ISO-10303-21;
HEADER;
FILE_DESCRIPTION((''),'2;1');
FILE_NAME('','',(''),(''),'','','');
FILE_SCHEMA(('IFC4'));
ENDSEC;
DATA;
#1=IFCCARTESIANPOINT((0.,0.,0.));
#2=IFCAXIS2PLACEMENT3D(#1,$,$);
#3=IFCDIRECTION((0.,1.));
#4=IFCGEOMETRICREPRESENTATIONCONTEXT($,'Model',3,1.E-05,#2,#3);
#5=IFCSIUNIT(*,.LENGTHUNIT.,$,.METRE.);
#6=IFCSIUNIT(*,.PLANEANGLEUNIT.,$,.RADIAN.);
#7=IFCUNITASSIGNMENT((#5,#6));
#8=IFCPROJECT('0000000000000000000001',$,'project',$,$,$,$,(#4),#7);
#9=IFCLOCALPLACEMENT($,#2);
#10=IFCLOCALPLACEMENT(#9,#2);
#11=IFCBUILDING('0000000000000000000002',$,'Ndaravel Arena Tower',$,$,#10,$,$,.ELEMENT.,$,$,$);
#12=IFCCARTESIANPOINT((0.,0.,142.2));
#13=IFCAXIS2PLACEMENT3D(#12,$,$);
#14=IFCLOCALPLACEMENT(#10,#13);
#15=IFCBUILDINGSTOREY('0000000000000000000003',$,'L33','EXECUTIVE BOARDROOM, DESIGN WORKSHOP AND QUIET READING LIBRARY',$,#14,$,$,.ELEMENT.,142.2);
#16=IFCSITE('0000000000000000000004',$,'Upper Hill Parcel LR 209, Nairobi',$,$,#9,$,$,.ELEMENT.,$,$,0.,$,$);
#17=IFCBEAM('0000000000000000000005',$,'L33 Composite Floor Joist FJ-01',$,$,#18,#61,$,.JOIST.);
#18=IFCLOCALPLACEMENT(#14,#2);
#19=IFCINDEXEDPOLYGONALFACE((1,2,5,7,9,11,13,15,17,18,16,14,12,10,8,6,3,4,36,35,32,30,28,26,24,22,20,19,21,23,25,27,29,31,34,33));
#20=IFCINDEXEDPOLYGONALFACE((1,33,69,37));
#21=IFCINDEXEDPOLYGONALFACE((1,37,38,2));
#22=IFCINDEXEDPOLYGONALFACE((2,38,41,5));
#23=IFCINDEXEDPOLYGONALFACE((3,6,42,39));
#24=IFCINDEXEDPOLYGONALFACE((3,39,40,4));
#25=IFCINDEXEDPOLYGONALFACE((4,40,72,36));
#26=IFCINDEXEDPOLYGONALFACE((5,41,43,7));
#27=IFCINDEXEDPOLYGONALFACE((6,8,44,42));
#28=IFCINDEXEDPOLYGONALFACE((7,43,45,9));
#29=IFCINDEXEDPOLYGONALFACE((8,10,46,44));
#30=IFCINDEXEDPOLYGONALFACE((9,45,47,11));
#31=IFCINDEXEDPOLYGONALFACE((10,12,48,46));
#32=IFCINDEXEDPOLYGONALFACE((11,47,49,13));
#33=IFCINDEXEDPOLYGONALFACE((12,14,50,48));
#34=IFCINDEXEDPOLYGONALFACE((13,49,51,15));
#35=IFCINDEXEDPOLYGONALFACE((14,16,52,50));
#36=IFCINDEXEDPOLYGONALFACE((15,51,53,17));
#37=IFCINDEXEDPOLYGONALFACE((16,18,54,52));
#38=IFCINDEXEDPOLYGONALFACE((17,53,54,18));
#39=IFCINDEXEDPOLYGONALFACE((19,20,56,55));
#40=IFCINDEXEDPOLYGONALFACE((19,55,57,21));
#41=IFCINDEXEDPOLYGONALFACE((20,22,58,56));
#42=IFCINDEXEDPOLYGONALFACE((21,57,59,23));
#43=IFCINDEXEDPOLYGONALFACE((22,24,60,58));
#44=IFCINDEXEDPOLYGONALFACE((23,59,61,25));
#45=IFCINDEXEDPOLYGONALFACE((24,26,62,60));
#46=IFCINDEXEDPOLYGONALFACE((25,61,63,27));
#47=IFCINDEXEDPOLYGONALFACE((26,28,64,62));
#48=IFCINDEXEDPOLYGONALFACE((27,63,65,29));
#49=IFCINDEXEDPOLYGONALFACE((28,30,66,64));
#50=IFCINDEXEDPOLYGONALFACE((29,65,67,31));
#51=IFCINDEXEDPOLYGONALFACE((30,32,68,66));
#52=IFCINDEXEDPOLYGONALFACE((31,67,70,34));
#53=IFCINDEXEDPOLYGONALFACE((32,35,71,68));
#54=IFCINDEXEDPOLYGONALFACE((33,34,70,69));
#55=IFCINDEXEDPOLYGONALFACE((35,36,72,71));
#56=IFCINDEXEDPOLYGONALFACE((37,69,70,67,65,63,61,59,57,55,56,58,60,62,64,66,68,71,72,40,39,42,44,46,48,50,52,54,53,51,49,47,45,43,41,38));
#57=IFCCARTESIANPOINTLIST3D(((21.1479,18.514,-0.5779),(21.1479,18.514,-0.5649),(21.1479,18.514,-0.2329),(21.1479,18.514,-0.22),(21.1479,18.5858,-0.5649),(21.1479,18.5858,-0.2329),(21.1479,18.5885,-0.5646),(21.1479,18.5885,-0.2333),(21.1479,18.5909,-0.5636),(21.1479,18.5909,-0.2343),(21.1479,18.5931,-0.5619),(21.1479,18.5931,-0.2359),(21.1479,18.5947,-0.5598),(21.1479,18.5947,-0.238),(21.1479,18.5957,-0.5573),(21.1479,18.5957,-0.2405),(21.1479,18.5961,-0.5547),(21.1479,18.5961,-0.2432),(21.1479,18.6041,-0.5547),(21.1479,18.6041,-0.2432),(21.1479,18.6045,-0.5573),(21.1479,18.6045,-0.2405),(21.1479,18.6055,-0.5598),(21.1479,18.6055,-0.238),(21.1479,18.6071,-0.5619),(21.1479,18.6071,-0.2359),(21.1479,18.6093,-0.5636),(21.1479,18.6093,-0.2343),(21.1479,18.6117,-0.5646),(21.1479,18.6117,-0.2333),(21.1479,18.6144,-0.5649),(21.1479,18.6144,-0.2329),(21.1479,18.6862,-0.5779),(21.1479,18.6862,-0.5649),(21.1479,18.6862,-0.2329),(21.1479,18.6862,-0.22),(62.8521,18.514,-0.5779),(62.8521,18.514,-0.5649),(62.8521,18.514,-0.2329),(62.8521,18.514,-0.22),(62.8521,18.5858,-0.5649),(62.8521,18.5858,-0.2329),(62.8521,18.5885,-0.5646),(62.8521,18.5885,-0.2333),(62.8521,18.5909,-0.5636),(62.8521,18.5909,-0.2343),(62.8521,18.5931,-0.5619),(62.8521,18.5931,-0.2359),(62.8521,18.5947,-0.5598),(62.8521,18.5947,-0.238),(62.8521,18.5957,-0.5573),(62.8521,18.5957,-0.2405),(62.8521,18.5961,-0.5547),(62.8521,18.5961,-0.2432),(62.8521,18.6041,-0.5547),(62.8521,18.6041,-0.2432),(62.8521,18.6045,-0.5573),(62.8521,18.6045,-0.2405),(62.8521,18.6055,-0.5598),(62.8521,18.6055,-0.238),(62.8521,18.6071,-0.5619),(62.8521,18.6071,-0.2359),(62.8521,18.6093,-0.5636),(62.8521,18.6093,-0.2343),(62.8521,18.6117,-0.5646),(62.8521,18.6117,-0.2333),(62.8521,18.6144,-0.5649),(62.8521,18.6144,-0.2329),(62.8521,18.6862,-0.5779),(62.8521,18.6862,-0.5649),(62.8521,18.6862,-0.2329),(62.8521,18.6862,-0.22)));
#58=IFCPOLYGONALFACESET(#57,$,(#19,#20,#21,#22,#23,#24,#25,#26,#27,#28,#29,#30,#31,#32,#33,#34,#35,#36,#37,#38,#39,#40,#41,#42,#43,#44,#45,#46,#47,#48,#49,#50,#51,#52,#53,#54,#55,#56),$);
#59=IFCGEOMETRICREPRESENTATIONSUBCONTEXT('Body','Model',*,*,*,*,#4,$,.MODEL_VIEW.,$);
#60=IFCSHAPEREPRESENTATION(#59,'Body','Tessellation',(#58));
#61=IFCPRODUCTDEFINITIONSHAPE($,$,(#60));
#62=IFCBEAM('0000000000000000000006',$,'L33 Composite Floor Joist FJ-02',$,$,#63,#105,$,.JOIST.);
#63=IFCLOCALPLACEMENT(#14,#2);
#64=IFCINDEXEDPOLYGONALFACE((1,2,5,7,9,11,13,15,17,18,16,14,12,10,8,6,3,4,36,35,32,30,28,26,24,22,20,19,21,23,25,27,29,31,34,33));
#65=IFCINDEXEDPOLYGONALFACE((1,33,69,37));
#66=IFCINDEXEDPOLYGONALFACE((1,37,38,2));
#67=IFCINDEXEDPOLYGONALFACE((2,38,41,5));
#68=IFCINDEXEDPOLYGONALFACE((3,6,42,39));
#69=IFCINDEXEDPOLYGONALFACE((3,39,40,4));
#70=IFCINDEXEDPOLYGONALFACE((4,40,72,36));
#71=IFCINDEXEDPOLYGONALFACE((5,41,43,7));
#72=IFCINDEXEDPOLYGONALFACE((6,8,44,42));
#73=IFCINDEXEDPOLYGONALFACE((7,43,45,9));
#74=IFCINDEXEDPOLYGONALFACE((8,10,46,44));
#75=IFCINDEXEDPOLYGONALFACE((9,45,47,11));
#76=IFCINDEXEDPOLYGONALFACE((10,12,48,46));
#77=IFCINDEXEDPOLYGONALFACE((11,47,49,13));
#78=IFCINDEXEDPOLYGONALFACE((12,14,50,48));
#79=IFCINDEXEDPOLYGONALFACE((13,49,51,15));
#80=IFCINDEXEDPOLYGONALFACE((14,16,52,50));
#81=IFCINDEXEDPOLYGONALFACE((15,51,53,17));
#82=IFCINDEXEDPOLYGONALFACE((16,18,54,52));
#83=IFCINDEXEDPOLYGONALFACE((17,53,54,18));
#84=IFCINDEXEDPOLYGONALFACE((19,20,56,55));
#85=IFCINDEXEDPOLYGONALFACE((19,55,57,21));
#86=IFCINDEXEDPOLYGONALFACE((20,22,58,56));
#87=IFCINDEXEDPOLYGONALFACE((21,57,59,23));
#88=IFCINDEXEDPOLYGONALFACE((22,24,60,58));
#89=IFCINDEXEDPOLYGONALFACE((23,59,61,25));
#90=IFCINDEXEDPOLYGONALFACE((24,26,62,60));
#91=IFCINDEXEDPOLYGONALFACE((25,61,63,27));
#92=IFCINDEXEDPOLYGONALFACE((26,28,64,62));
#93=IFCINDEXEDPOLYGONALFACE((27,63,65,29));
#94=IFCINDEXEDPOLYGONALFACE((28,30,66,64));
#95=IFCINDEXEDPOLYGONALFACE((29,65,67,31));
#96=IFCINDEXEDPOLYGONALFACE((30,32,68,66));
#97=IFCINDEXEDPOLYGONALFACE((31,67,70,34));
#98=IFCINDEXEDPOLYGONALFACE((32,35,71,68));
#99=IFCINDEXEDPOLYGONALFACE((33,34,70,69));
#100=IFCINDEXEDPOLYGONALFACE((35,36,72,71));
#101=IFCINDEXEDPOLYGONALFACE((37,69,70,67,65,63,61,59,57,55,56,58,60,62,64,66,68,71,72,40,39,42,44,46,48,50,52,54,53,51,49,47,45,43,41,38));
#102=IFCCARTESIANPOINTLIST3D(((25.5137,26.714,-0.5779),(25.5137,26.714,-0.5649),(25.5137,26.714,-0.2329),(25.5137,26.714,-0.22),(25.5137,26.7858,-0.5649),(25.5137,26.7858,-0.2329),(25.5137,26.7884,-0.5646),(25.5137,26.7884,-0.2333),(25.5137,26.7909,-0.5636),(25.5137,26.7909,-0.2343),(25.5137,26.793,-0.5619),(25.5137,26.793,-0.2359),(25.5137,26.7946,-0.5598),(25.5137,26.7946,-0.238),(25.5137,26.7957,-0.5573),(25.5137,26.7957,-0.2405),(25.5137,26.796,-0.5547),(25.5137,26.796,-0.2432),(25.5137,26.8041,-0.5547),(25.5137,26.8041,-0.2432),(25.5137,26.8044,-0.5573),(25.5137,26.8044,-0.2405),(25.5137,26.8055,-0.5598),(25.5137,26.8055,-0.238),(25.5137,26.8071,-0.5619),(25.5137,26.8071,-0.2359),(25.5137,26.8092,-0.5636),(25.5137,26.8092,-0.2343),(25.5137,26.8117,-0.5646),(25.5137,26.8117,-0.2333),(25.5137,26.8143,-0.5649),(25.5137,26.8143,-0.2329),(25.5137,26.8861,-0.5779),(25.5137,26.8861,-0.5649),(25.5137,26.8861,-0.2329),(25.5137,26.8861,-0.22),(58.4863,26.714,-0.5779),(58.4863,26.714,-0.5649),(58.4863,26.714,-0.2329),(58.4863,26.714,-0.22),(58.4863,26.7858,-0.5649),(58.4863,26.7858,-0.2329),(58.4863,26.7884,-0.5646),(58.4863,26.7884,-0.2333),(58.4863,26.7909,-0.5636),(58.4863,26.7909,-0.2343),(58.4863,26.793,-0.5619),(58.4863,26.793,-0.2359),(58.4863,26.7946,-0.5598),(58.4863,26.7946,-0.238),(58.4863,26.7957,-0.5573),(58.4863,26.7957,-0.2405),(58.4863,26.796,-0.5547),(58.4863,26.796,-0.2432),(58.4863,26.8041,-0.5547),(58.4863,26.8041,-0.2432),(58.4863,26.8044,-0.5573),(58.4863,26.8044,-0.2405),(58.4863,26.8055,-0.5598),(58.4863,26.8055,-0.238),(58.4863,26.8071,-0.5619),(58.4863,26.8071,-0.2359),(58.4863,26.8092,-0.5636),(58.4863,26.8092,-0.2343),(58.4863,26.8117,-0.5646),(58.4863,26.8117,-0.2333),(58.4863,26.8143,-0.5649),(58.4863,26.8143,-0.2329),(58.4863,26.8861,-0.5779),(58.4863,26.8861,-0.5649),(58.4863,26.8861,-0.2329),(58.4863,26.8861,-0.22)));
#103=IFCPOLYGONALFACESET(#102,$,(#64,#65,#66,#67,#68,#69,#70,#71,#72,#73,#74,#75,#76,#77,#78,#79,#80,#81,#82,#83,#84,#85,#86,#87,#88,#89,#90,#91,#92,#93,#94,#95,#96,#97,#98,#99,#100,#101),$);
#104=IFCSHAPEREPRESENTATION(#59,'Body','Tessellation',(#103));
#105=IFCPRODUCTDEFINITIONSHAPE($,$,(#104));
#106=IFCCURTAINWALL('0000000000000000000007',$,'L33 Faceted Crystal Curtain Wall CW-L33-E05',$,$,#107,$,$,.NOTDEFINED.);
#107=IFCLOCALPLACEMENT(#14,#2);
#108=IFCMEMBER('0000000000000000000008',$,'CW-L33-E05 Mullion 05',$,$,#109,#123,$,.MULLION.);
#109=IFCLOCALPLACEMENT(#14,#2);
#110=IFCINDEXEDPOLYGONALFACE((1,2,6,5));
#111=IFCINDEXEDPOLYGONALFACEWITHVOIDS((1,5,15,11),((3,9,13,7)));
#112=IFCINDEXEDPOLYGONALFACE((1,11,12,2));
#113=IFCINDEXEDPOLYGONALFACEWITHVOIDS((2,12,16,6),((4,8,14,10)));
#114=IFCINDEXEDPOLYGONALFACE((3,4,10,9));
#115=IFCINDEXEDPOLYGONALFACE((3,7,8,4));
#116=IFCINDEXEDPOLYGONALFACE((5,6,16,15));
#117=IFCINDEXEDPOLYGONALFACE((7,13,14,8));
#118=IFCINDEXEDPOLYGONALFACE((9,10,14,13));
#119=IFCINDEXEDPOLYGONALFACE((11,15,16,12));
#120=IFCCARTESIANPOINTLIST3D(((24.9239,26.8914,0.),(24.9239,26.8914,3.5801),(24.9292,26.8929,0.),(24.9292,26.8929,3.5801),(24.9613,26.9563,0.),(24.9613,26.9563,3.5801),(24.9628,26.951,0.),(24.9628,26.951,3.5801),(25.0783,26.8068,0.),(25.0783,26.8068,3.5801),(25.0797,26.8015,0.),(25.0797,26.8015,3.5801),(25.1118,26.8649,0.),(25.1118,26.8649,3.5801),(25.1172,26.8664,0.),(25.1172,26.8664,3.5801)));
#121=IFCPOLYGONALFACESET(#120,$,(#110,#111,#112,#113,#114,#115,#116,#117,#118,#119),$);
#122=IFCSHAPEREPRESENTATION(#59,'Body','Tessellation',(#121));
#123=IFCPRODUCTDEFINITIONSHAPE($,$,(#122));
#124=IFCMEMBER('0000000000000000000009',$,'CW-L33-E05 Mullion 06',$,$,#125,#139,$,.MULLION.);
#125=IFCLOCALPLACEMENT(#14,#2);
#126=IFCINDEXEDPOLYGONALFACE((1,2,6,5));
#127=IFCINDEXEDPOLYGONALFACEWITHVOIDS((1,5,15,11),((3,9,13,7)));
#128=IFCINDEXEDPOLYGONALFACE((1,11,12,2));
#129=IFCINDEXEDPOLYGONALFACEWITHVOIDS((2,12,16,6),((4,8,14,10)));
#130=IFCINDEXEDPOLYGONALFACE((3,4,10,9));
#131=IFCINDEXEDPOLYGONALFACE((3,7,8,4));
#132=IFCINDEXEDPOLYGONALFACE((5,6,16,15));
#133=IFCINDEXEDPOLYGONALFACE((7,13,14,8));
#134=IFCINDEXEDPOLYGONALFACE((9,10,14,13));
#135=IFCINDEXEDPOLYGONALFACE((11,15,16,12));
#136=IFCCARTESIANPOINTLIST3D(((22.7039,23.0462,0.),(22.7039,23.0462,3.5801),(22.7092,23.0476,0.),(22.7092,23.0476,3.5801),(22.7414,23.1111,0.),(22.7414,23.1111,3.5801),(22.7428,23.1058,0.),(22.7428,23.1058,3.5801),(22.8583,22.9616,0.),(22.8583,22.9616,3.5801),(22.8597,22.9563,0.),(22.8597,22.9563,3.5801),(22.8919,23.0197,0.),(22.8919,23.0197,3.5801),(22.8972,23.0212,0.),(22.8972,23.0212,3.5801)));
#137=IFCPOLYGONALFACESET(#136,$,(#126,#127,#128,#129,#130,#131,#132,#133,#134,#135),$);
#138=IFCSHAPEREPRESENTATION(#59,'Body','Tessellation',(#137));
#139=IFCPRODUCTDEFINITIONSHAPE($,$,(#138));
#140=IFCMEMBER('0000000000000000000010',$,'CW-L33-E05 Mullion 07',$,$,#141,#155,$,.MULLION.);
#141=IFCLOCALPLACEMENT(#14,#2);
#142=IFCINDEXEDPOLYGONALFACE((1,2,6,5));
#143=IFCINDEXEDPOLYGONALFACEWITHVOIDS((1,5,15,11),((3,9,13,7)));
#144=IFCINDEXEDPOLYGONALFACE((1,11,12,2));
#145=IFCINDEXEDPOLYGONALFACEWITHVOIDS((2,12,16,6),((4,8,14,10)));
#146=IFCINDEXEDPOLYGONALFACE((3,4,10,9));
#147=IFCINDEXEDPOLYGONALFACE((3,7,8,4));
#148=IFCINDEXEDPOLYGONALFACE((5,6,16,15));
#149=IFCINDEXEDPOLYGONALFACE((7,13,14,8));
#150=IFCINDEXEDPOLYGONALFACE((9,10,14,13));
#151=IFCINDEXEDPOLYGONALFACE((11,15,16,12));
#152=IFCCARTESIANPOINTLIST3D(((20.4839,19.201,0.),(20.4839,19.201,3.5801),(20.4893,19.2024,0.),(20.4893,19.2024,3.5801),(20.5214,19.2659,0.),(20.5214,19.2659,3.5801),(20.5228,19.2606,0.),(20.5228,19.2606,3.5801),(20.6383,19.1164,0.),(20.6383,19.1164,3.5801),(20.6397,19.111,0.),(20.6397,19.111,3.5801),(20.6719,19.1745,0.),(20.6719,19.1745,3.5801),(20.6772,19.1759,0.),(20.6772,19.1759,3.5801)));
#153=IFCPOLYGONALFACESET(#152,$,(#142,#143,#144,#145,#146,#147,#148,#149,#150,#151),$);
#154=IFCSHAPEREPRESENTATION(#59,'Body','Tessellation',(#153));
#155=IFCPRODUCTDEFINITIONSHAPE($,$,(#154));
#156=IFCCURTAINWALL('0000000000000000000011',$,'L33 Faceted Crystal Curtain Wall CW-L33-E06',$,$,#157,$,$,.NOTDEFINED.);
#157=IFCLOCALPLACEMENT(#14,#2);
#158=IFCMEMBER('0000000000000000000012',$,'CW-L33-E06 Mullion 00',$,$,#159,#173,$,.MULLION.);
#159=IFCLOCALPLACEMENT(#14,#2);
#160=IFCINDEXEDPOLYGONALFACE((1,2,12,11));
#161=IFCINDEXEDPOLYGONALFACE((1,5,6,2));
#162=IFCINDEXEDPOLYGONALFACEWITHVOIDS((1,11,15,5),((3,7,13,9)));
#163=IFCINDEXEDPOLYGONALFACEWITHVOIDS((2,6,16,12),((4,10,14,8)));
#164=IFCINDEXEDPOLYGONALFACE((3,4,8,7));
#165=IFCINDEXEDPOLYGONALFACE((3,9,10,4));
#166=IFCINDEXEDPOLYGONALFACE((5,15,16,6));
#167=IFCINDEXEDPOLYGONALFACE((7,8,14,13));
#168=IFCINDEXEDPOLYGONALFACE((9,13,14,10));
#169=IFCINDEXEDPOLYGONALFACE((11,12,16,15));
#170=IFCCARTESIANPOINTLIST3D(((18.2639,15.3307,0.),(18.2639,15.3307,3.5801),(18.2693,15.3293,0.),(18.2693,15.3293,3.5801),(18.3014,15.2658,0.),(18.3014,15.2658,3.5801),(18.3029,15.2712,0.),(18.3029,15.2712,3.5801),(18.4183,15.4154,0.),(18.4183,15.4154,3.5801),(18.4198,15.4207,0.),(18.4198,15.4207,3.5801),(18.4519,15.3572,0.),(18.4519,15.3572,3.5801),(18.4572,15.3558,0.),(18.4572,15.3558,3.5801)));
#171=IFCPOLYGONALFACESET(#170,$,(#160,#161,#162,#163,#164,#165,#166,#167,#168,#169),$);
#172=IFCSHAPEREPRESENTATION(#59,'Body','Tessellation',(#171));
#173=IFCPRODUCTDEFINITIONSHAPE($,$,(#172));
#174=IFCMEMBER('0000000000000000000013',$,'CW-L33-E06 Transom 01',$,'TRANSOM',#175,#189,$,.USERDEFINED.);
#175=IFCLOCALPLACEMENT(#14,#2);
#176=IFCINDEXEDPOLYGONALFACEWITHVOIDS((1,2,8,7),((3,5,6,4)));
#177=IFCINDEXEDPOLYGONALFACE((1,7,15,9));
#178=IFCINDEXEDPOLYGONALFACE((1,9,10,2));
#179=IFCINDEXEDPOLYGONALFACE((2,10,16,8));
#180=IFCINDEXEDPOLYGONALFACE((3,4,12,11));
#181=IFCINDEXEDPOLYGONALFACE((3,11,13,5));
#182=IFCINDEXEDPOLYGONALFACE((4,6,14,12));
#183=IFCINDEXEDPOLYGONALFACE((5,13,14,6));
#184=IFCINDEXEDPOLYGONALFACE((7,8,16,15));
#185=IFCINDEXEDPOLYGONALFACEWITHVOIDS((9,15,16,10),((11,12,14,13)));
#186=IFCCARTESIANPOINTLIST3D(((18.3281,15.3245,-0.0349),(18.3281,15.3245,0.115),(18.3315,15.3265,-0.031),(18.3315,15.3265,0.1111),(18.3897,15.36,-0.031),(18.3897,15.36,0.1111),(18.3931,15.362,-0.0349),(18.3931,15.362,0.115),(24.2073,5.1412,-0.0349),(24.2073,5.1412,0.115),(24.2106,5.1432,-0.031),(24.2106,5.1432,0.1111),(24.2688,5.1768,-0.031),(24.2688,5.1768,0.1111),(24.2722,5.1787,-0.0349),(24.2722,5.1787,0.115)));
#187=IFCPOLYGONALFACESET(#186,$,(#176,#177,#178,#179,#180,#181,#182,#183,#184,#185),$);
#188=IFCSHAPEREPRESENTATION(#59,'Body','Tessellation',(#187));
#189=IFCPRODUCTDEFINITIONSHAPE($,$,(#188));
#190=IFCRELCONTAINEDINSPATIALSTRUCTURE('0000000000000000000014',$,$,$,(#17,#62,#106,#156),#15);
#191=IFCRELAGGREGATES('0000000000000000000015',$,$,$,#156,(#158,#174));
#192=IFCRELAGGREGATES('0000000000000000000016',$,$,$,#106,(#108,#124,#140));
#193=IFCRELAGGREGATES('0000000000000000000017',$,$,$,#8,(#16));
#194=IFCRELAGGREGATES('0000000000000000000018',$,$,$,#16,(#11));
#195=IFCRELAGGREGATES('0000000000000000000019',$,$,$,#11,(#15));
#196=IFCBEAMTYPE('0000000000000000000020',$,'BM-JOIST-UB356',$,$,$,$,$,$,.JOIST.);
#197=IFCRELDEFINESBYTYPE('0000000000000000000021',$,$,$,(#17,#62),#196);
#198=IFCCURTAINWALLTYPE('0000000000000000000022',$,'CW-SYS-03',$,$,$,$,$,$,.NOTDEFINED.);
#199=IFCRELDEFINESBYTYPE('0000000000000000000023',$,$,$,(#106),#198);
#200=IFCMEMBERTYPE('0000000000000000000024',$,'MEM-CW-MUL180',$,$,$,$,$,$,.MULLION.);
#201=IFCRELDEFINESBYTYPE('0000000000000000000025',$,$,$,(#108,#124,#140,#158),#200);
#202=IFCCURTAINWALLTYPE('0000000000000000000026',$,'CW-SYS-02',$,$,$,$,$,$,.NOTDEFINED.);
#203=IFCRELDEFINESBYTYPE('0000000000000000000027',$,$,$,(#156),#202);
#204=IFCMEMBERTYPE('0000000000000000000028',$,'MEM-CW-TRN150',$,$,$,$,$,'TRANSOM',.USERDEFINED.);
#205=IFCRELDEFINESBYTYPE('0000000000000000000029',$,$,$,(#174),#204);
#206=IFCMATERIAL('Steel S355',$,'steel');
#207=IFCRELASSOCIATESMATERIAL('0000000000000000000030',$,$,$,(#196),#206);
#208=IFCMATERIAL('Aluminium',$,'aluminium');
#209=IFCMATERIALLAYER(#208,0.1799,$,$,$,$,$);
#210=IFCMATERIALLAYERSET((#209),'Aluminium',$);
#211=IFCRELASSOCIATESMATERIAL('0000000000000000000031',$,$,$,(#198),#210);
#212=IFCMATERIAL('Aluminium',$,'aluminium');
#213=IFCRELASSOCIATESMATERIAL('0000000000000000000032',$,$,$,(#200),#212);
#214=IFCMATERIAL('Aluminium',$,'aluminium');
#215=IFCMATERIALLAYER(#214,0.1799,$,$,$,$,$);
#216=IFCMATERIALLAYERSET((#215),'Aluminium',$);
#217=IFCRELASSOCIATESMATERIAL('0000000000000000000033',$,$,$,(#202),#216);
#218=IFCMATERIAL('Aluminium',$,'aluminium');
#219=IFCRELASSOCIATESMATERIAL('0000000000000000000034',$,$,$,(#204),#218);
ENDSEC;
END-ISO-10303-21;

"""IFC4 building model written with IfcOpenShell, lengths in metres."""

from ifc_helpers import new_model, si_unit, direction, frame, origin, origin_2d, place, context, subcontext, project, spatial, hollow_rectangle, i_section, extrude, material, layer, layer_set, material_profile, profile_set, type_object, element, aggregate, save


model = new_model("IFC4")

# Units and contexts
model_context = context("Model", 3, precision=1e-05, world=origin(), true_north=direction((0.0, 1.0)))
body_context = subcontext(model_context, "Body", "Model", "MODEL_VIEW")
ifc_project = project(units=[si_unit("LENGTHUNIT", "METRE"), si_unit("PLANEANGLEUNIT", "RADIAN")], contexts=[model_context])

# Site, building, storey
site_placement = place(None, origin())
site = spatial("IfcSite", under=ifc_project, at=site_placement, Name="Upper Hill Parcel LR 209, Nairobi", CompositionType="ELEMENT", RefElevation=0.0)
building_placement = place(site_placement, origin())
building = spatial("IfcBuilding", under=site, at=building_placement, Name="Ndaravel Arena Tower", CompositionType="ELEMENT")
storey_placement = place(building_placement, frame((0.0, 0.0, 142.2)))
storey = spatial("IfcBuildingStorey", under=building, at=storey_placement, Name="L33", Description="EXECUTIVE BOARDROOM, DESIGN WORKSHOP AND QUIET READING LIBRARY", CompositionType="ELEMENT", Elevation=142.2)

# Beams
ifc_material_1 = material(Name="Steel S355", Category="steel")
ifc_material_profile_1 = material_profile(ifc_material_1, i_section(OverallWidth=0.1721, OverallDepth=0.3579, WebThickness=0.0081, FlangeThickness=0.0129, FilletRadius=0.0103, at=origin_2d()), Name="UB 356x171x57")
ifc_profile_set_1 = profile_set([ifc_material_profile_1], Name="Steel S355")
beam_type = type_object("IfcBeamType", Name="BM-JOIST-UB356", PredefinedType="JOIST", material=ifc_profile_set_1)
beam_1_placement = place(storey_placement, frame((21.1479, 18.6001, -0.3989), z_axis=(1.0, 0.0, 0.0), x_axis=(0.0, 1.0, 0.0)))
element("IfcBeam", 1, at=beam_1_placement, inside=storey, type_object=beam_type, Name="L33 Composite Floor Joist FJ-01", PredefinedType="JOIST", context=body_context, shape_type="SweptSolid", body=[
    extrude(i_section(OverallWidth=0.1721, OverallDepth=0.3579, WebThickness=0.0081, FlangeThickness=0.0129, FilletRadius=0.0103, at=origin_2d()), origin(), (0.0, 0.0, 1.0), 41.7041),
])
beam_2_placement = place(storey_placement, frame((25.5137, 26.8, -0.3989), z_axis=(1.0, 0.0, 0.0), x_axis=(0.0, 1.0, 0.0)))
element("IfcBeam", 2, at=beam_2_placement, inside=storey, type_object=beam_type, Name="L33 Composite Floor Joist FJ-02", PredefinedType="JOIST", context=body_context, shape_type="SweptSolid", body=[
    extrude(i_section(OverallWidth=0.1721, OverallDepth=0.3579, WebThickness=0.0081, FlangeThickness=0.0129, FilletRadius=0.0103, at=origin_2d()), origin(), (0.0, 0.0, 1.0), 32.9727),
])

# Curtain walls, members
ifc_material_2 = material(Name="Aluminium", Category="aluminium")
ifc_layer_1 = layer(ifc_material_2, 0.1799)
ifc_layer_set_1 = layer_set([ifc_layer_1], Name="Aluminium")
curtain_wall_type_1 = type_object("IfcCurtainWallType", Name="CW-SYS-03", PredefinedType="NOTDEFINED", material=ifc_layer_set_1)
curtain_wall_1_placement = place(storey_placement, origin())
curtain_wall_1 = element("IfcCurtainWall", 3, at=curtain_wall_1_placement, inside=storey, type_object=curtain_wall_type_1, Name="L33 Faceted Crystal Curtain Wall CW-L33-E05", PredefinedType="NOTDEFINED")
ifc_material_3 = material(Name="Aluminium", Category="aluminium")
ifc_material_profile_2 = material_profile(ifc_material_3, hollow_rectangle(XDim=0.075, YDim=0.1799, WallThickness=0.0039, at=origin_2d()), Name="CW MULLION 75x180x4")
ifc_profile_set_2 = profile_set([ifc_material_profile_2], Name="Aluminium")
member_type_1 = type_object("IfcMemberType", Name="MEM-CW-MUL180", PredefinedType="MULLION", material=ifc_profile_set_2)
member_1_placement = place(storey_placement, frame((25.0205, 26.8789, 0.0), z_axis=(0.0, 0.0, 1.0), x_axis=(-0.5, -0.866025, 0.0)))
member_1 = element("IfcMember", 4, at=member_1_placement, type_object=member_type_1, Name="CW-L33-E05 Mullion 05", PredefinedType="MULLION", context=body_context, shape_type="SweptSolid", body=[
    extrude(hollow_rectangle(XDim=0.075, YDim=0.1799, WallThickness=0.0039, at=origin_2d()), origin(), (0.0, 0.0, 1.0), 3.5801),
])
member_2_placement = place(storey_placement, frame((22.8005, 23.0337, 0.0), z_axis=(0.0, 0.0, 1.0), x_axis=(-0.5, -0.866025, 0.0)))
member_2 = element("IfcMember", 5, at=member_2_placement, type_object=member_type_1, Name="CW-L33-E05 Mullion 06", PredefinedType="MULLION", context=body_context, shape_type="SweptSolid", body=[
    extrude(hollow_rectangle(XDim=0.075, YDim=0.1799, WallThickness=0.0039, at=origin_2d()), origin(), (0.0, 0.0, 1.0), 3.5801),
])
member_3_placement = place(storey_placement, frame((20.5806, 19.1885, 0.0), z_axis=(0.0, 0.0, 1.0), x_axis=(-0.5, -0.866025, 0.0)))
member_3 = element("IfcMember", 6, at=member_3_placement, type_object=member_type_1, Name="CW-L33-E05 Mullion 07", PredefinedType="MULLION", context=body_context, shape_type="SweptSolid", body=[
    extrude(hollow_rectangle(XDim=0.075, YDim=0.1799, WallThickness=0.0039, at=origin_2d()), origin(), (0.0, 0.0, 1.0), 3.5801),
])
ifc_material_4 = material(Name="Aluminium", Category="aluminium")
ifc_layer_2 = layer(ifc_material_4, 0.1799)
ifc_layer_set_2 = layer_set([ifc_layer_2], Name="Aluminium")
curtain_wall_type_2 = type_object("IfcCurtainWallType", Name="CW-SYS-02", PredefinedType="NOTDEFINED", material=ifc_layer_set_2)
curtain_wall_2_placement = place(storey_placement, origin())
curtain_wall_2 = element("IfcCurtainWall", 7, at=curtain_wall_2_placement, inside=storey, type_object=curtain_wall_type_2, Name="L33 Faceted Crystal Curtain Wall CW-L33-E06", PredefinedType="NOTDEFINED")
member_4_placement = place(storey_placement, frame((18.3606, 15.3433, 0.0), z_axis=(0.0, 0.0, 1.0), x_axis=(0.5, -0.866025, 0.0)))
member_4 = element("IfcMember", 8, at=member_4_placement, type_object=member_type_1, Name="CW-L33-E06 Mullion 00", PredefinedType="MULLION", context=body_context, shape_type="SweptSolid", body=[
    extrude(hollow_rectangle(XDim=0.075, YDim=0.1799, WallThickness=0.0039, at=origin_2d()), origin(), (0.0, 0.0, 1.0), 3.5801),
])
ifc_material_5 = material(Name="Aluminium", Category="aluminium")
ifc_material_profile_3 = material_profile(ifc_material_5, hollow_rectangle(XDim=0.075, YDim=0.1499, WallThickness=0.0039, at=origin_2d()), Name="CW TRANSOM 75x150x4")
ifc_profile_set_3 = profile_set([ifc_material_profile_3], Name="Aluminium")
member_type_2 = type_object("IfcMemberType", Name="MEM-CW-TRN150", ElementType="TRANSOM", PredefinedType="USERDEFINED", material=ifc_profile_set_3)
member_5_placement = place(storey_placement, frame((18.3606, 15.3433, 0.04), z_axis=(0.499987, -0.866033, 0.0), x_axis=(0.866033, 0.499987, 0.0)))
member_5 = element("IfcMember", 9, at=member_5_placement, type_object=member_type_2, Name="CW-L33-E06 Transom 01", ObjectType="TRANSOM", PredefinedType="USERDEFINED", context=body_context, shape_type="SweptSolid", body=[
    extrude(hollow_rectangle(XDim=0.075, YDim=0.1499, WallThickness=0.0039, at=origin_2d()), origin(), (0.0, 0.0, 1.0), 11.7585),
])
aggregate(curtain_wall_2, [member_4, member_5])

aggregate(curtain_wall_1, [member_1, member_2, member_3])

save(model, "model.ifc")
